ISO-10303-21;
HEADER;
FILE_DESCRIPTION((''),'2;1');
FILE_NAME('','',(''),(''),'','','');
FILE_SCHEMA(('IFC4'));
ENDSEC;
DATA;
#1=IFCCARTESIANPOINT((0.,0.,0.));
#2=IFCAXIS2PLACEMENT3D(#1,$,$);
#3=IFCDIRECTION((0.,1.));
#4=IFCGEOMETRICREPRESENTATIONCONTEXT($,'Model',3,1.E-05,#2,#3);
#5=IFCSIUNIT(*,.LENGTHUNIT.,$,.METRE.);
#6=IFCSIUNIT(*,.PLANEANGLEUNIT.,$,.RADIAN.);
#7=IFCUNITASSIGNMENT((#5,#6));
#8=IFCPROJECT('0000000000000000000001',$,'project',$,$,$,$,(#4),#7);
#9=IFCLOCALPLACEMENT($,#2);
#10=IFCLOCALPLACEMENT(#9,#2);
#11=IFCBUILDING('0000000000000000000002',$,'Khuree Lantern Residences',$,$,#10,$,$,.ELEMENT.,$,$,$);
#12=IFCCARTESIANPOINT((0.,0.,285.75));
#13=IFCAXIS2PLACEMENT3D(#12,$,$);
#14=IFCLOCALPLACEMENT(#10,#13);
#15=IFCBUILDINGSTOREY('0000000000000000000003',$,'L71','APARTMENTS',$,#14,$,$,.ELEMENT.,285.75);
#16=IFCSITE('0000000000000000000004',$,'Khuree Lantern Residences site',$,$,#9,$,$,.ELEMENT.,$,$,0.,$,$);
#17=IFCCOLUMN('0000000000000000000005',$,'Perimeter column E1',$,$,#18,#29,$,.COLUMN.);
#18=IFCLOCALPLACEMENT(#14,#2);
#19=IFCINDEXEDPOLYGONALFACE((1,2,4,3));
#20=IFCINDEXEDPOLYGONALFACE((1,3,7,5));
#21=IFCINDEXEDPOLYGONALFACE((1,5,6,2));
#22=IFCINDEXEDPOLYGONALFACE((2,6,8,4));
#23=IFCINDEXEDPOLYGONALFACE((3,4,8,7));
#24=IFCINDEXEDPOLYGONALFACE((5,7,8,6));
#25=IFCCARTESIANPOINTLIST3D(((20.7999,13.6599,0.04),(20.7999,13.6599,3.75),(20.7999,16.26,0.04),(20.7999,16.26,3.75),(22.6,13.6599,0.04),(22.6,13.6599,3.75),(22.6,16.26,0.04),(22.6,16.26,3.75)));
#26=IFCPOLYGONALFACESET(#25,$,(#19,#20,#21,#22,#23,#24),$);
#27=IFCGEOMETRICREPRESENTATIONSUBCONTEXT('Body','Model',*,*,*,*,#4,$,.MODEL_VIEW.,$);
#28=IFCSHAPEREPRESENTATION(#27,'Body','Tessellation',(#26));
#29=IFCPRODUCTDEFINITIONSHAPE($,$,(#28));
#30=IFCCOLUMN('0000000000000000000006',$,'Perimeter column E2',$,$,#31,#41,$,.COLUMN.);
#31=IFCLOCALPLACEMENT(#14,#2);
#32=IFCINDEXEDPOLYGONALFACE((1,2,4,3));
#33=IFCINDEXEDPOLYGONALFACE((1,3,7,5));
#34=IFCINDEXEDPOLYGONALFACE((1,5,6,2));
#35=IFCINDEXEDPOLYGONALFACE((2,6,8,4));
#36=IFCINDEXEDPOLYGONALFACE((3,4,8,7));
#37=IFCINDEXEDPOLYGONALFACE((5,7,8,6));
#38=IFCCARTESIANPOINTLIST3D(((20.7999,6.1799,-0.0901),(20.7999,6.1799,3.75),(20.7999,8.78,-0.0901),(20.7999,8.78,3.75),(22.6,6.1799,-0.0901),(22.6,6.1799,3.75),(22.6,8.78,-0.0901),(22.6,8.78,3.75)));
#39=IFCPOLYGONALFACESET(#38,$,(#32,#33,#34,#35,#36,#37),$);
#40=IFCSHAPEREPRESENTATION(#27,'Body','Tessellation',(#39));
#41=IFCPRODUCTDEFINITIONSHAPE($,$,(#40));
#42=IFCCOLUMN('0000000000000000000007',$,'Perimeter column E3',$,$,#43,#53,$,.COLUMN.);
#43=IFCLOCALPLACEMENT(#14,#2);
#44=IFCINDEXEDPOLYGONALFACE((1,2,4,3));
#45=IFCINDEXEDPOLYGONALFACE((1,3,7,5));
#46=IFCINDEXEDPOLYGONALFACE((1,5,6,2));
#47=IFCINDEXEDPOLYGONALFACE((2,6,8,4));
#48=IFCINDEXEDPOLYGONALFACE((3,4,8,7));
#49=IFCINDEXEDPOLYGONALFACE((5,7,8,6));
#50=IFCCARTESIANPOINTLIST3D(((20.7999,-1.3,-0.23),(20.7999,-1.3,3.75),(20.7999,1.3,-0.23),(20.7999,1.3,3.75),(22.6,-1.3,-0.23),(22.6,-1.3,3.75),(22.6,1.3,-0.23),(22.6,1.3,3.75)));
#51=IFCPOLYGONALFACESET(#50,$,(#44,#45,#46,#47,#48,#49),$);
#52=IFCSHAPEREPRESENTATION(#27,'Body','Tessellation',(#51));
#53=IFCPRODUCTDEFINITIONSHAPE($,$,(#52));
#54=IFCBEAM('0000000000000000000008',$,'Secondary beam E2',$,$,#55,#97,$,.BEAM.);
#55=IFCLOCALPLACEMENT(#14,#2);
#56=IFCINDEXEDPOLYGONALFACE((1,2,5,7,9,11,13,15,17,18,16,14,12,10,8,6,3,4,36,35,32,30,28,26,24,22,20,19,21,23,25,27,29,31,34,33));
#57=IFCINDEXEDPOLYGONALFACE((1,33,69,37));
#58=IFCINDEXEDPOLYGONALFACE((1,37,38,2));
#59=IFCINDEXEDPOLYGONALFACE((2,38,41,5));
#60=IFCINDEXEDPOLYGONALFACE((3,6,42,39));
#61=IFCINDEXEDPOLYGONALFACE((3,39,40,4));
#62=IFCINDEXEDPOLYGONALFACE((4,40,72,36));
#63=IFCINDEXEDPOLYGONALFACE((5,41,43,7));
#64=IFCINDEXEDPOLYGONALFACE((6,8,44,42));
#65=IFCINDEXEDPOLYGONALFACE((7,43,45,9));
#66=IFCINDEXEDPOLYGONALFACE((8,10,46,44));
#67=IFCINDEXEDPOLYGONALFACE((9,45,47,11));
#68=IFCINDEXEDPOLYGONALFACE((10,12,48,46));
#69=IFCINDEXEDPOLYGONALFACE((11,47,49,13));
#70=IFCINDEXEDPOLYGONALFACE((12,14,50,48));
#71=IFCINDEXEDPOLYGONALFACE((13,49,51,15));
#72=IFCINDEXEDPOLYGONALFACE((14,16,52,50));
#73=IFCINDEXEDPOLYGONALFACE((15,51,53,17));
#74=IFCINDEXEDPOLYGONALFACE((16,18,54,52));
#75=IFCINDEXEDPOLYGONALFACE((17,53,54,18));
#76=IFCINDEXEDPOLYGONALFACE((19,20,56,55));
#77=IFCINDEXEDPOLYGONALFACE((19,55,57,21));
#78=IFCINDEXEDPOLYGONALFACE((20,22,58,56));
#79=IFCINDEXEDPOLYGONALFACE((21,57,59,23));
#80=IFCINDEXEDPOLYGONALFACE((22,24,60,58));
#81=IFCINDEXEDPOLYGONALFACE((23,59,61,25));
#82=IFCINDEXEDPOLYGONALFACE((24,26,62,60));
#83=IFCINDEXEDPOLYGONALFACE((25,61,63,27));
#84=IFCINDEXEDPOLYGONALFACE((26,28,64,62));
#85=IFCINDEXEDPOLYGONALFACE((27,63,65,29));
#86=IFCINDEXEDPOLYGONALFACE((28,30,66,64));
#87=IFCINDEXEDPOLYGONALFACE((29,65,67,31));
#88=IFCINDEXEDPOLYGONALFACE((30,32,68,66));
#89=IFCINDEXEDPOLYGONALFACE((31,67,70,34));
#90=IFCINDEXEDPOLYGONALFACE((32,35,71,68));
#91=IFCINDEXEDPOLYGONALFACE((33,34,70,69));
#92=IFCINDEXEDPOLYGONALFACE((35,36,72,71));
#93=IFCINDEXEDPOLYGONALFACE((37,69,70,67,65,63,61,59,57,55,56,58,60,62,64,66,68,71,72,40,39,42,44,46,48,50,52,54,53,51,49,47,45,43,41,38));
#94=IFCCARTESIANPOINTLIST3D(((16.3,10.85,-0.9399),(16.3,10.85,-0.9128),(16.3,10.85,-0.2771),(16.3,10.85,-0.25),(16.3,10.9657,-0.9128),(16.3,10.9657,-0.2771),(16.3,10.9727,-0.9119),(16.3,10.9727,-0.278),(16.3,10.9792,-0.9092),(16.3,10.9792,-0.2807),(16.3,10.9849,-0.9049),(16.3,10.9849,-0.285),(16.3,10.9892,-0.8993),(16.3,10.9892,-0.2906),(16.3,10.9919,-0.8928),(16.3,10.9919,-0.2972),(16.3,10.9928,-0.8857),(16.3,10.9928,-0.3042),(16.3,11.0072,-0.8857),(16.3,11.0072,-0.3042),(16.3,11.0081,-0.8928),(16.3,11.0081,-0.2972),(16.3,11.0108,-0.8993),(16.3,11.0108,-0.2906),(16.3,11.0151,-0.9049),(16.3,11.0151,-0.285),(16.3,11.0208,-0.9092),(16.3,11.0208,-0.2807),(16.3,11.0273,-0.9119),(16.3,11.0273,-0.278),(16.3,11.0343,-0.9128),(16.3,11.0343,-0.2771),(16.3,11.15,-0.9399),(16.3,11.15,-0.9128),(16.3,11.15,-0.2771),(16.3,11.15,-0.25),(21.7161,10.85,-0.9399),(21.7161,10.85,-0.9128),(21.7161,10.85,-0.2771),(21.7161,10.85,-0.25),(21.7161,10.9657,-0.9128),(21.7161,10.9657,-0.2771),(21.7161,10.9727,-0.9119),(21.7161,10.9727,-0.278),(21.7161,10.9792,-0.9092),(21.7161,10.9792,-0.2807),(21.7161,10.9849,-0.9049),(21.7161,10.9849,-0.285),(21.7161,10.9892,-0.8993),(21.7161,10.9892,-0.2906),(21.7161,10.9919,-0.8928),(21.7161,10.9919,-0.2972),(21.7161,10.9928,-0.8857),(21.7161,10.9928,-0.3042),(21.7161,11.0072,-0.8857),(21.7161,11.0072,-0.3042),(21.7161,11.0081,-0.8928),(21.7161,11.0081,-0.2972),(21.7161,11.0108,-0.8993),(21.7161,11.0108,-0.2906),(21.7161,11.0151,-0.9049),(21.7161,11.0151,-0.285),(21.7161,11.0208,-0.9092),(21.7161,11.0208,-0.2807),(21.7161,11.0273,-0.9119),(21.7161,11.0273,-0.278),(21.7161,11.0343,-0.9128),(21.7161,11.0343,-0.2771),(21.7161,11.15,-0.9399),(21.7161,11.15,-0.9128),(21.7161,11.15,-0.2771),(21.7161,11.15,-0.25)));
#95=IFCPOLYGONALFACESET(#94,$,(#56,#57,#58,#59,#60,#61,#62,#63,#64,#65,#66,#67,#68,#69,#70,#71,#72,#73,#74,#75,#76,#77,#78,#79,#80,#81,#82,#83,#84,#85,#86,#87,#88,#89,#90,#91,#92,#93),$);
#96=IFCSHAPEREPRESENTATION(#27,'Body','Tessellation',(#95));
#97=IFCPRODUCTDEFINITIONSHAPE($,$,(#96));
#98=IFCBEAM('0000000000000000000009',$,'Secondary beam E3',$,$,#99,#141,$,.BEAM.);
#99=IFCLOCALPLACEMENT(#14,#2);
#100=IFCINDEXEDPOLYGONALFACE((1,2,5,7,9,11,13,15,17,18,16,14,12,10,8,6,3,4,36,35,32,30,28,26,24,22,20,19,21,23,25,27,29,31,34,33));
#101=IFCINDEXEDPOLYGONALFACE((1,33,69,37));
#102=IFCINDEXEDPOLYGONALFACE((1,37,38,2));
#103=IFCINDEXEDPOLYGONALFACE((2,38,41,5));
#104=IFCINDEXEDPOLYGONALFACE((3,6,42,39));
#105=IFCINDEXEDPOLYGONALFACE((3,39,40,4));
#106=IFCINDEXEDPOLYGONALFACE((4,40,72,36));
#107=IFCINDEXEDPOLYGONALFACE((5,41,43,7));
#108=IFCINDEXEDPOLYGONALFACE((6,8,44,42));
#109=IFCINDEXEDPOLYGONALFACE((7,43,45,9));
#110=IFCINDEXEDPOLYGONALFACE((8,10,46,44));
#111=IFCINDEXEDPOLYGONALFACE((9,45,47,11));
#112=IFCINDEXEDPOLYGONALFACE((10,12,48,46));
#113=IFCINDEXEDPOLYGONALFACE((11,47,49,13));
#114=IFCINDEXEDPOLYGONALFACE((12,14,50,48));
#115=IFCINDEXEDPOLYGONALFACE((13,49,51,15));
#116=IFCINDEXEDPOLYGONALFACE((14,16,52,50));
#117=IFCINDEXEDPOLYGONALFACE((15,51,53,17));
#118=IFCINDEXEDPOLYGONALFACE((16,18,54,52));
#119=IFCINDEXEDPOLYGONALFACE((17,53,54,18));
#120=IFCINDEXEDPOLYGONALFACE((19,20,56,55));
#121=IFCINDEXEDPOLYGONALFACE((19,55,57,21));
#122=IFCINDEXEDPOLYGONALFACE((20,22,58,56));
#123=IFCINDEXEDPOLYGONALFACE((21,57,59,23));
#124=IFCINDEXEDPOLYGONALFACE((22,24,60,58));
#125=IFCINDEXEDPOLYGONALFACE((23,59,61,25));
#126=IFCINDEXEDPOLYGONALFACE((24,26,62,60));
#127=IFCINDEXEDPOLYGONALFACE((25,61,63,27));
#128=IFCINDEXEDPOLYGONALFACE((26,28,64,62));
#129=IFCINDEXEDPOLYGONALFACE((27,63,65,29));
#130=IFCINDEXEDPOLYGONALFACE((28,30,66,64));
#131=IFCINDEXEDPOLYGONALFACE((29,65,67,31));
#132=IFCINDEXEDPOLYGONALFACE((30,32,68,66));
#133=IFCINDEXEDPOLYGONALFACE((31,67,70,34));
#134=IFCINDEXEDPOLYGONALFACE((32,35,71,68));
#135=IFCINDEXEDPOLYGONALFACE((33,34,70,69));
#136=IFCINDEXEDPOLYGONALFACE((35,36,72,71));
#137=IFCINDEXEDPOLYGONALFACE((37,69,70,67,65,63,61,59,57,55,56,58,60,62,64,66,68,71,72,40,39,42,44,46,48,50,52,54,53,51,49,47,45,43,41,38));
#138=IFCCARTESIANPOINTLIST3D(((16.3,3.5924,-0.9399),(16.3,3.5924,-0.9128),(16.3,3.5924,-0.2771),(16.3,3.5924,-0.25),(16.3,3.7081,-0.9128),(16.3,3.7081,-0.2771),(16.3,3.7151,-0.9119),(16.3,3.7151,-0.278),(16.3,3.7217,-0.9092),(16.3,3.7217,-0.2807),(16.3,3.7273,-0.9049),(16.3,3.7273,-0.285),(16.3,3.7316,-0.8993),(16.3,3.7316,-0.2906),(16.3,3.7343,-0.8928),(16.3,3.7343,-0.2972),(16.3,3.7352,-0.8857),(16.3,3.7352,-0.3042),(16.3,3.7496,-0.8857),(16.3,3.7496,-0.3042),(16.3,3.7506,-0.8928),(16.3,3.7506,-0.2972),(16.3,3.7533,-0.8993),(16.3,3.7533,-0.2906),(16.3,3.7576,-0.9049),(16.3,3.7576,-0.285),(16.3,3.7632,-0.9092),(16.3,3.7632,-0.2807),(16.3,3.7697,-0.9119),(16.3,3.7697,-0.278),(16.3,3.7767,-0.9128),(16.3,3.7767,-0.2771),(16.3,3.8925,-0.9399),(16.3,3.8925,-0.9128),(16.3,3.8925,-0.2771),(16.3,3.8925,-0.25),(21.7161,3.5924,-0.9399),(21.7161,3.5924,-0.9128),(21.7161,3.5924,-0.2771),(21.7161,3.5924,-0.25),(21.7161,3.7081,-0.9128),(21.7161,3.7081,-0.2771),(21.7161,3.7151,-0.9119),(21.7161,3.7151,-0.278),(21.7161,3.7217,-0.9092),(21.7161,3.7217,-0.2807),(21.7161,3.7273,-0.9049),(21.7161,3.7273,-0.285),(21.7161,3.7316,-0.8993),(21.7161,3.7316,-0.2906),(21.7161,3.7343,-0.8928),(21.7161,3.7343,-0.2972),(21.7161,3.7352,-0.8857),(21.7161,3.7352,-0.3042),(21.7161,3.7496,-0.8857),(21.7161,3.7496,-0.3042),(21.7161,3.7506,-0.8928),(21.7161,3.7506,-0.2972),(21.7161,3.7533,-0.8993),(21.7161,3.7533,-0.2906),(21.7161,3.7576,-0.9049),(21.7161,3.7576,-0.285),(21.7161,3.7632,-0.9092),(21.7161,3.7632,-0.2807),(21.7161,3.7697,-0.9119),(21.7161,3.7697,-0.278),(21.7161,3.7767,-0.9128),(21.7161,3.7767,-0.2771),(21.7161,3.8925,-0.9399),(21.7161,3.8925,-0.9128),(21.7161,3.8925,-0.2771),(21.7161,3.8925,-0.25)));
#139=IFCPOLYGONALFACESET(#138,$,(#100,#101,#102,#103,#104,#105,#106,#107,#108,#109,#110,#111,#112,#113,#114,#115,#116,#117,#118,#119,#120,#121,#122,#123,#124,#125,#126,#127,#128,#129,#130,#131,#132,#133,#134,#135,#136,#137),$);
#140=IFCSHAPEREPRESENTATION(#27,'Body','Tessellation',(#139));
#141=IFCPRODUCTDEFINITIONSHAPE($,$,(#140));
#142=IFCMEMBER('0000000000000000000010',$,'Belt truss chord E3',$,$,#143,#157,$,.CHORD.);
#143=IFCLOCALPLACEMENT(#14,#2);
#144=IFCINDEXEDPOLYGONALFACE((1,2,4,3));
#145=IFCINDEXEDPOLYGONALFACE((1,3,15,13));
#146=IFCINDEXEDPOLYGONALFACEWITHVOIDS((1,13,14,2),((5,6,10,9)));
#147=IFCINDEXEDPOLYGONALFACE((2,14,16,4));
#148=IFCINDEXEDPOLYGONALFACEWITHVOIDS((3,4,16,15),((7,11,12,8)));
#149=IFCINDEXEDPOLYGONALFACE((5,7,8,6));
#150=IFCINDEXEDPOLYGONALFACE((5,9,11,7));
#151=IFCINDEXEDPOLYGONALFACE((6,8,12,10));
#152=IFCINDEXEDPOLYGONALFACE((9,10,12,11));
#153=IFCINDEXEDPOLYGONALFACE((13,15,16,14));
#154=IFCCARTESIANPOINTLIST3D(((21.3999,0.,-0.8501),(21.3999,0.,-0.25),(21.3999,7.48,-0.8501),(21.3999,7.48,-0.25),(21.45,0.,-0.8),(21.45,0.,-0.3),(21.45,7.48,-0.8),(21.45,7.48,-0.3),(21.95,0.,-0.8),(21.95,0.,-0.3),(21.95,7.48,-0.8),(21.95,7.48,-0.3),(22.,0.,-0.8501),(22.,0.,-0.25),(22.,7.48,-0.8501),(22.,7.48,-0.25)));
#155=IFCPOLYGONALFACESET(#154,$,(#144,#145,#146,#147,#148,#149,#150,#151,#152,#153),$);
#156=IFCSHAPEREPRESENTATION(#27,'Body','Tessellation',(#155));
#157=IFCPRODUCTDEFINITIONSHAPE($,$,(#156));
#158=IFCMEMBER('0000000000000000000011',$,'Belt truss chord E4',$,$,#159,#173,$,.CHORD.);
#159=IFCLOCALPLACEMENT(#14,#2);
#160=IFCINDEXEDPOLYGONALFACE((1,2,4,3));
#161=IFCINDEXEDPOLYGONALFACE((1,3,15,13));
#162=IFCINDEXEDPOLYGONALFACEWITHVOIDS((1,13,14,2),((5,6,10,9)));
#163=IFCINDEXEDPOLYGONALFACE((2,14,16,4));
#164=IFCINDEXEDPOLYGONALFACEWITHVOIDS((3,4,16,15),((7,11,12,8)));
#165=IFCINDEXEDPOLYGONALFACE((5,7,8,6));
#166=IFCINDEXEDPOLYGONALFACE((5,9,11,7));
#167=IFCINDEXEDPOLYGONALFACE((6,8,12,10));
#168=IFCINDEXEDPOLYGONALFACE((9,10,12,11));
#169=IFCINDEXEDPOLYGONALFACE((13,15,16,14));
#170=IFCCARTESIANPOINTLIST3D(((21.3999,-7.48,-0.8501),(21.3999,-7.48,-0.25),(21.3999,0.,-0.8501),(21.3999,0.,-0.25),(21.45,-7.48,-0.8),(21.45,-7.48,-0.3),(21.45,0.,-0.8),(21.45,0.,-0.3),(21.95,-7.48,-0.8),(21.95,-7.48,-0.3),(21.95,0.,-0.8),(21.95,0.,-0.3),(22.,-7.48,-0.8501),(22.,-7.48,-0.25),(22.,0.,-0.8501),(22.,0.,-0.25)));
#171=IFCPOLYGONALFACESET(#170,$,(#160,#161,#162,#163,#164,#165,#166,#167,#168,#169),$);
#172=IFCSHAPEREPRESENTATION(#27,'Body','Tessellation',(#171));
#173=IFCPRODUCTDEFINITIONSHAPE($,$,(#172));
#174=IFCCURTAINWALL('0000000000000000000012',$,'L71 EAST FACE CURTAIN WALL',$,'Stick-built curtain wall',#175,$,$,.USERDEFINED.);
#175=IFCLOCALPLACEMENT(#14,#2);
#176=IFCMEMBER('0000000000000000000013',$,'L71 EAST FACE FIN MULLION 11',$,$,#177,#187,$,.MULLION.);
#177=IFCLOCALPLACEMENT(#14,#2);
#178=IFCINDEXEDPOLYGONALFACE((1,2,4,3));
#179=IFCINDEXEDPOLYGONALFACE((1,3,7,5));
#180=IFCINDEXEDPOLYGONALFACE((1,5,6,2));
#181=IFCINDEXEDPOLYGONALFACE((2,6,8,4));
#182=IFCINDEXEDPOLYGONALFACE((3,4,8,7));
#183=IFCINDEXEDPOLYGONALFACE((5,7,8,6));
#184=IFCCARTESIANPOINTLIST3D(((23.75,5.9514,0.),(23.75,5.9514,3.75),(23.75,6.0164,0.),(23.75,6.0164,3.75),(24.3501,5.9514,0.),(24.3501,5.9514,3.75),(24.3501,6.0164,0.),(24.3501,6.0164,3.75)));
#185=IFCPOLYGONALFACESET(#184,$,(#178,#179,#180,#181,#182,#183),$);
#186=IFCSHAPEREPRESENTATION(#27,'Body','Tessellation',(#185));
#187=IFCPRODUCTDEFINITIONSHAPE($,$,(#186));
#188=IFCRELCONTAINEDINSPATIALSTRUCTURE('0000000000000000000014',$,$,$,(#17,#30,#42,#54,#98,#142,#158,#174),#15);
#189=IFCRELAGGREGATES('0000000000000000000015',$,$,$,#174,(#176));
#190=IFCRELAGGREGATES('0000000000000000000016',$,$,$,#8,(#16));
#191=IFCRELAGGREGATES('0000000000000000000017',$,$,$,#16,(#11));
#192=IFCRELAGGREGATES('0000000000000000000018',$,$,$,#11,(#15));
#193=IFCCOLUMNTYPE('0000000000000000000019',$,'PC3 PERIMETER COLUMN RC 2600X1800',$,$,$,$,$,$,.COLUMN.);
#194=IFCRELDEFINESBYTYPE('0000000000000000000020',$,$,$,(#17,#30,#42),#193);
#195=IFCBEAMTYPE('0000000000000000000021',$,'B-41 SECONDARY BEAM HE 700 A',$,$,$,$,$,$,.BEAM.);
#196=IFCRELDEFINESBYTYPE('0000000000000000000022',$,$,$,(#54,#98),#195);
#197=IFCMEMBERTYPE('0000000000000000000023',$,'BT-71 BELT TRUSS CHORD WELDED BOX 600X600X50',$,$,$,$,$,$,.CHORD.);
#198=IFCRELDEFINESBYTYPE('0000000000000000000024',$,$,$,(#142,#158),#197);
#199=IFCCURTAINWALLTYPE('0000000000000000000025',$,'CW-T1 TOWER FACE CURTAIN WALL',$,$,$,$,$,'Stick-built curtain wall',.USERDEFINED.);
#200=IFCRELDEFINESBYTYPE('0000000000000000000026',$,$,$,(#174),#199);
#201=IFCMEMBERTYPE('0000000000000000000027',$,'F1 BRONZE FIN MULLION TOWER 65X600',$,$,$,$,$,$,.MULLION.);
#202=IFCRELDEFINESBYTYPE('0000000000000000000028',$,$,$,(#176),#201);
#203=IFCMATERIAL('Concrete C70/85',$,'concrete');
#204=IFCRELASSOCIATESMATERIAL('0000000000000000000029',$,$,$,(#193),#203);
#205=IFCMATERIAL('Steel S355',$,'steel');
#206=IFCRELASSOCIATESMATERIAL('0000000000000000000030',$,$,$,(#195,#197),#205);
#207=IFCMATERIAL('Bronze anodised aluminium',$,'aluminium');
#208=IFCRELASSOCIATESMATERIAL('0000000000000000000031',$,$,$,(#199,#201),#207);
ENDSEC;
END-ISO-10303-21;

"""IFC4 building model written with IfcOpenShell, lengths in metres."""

from ifc_helpers import new_model, si_unit, direction, frame, origin, origin_2d, place, context, subcontext, project, spatial, rectangle, hollow_rectangle, i_section, extrude, material, material_profile, profile_set, type_object, element, aggregate, save


model = new_model("IFC4")

# Units and contexts
model_context = context("Model", 3, precision=1e-05, world=origin(), true_north=direction((0.0, 1.0)))
body_context = subcontext(model_context, "Body", "Model", "MODEL_VIEW")
ifc_project = project(units=[si_unit("LENGTHUNIT", "METRE"), si_unit("PLANEANGLEUNIT", "RADIAN")], contexts=[model_context])

# Site, building, storey
site_placement = place(None, origin())
site = spatial("IfcSite", under=ifc_project, at=site_placement, Name="Khuree Lantern Residences site", CompositionType="ELEMENT", RefElevation=0.0)
building_placement = place(site_placement, origin())
building = spatial("IfcBuilding", under=site, at=building_placement, Name="Khuree Lantern Residences", CompositionType="ELEMENT")
storey_placement = place(building_placement, frame((0.0, 0.0, 285.75)))
storey = spatial("IfcBuildingStorey", under=building, at=storey_placement, Name="L71", Description="APARTMENTS", CompositionType="ELEMENT", Elevation=285.75)

# Columns
ifc_material_1 = material(Name="Concrete C70/85", Category="concrete")
ifc_material_profile_1 = material_profile(ifc_material_1, rectangle(XDim=2.6001, YDim=1.8, at=origin_2d()), Name="RC 2600X1800")
ifc_profile_set_1 = profile_set([ifc_material_profile_1], Name="Concrete C70/85")
column_type = type_object("IfcColumnType", Name="PC3 PERIMETER COLUMN RC 2600X1800", PredefinedType="COLUMN", material=ifc_profile_set_1)
column_1_placement = place(storey_placement, frame((21.7, 14.96, 0.04), z_axis=(0.0, 0.0, 1.0), x_axis=(0.0, 1.0, 0.0)))
element("IfcColumn", 1, at=column_1_placement, inside=storey, type_object=column_type, Name="Perimeter column E1", PredefinedType="COLUMN", context=body_context, shape_type="SweptSolid", body=[
    extrude(rectangle(XDim=2.6001, YDim=1.8, at=origin_2d()), origin(), (0.0, 0.0, 1.0), 3.71),
])
column_2_placement = place(storey_placement, frame((21.7, 7.48, -0.0901), z_axis=(0.0, 0.0, 1.0), x_axis=(0.0, 1.0, 0.0)))
element("IfcColumn", 2, at=column_2_placement, inside=storey, type_object=column_type, Name="Perimeter column E2", PredefinedType="COLUMN", context=body_context, shape_type="SweptSolid", body=[
    extrude(rectangle(XDim=2.6001, YDim=1.8, at=origin_2d()), origin(), (0.0, 0.0, 1.0), 3.8401),
])
column_3_placement = place(storey_placement, frame((21.7, 0.0, -0.23), z_axis=(0.0, 0.0, 1.0), x_axis=(0.0, 1.0, 0.0)))
element("IfcColumn", 3, at=column_3_placement, inside=storey, type_object=column_type, Name="Perimeter column E3", PredefinedType="COLUMN", context=body_context, shape_type="SweptSolid", body=[
    extrude(rectangle(XDim=2.6001, YDim=1.8, at=origin_2d()), origin(), (0.0, 0.0, 1.0), 3.98),
])

# Beams
ifc_material_2 = material(Name="Steel S355", Category="steel")
ifc_material_profile_2 = material_profile(ifc_material_2, i_section(OverallWidth=0.3, OverallDepth=0.6899, WebThickness=0.0144, FlangeThickness=0.0271, FilletRadius=0.0271, at=origin_2d()), Name="HE 700 A")
ifc_profile_set_2 = profile_set([ifc_material_profile_2], Name="Steel S355")
beam_type_1 = type_object("IfcBeamType", Name="B-41 SECONDARY BEAM HE 700 A", PredefinedType="BEAM", material=ifc_profile_set_2)
for number, where, z_axis, x_axis, name in (
    (4, (21.7161, 11.0, -0.595), (-1.0, 0.0, 0.0), (0.0, -1.0, 0.0), "Secondary beam E2"),
    (5, (21.7161, 3.7424, -0.595), (-1.0, 0.0, 0.0), (0.0, -1.0, 0.0), "Secondary beam E3"),
):
    element("IfcBeam", number, at=place(storey_placement, frame(where, z_axis=z_axis, x_axis=x_axis)), inside=storey, type_object=beam_type_1, Name=name, PredefinedType="BEAM", context=body_context, shape_type="SweptSolid", body=[
        extrude(i_section(OverallWidth=0.3, OverallDepth=0.6899, WebThickness=0.0144, FlangeThickness=0.0271, FilletRadius=0.0271, at=origin_2d()), origin(), (0.0, 0.0, 1.0), 5.416),
    ])

# Members
ifc_material_profile_3 = material_profile(ifc_material_2, hollow_rectangle(XDim=0.6001, YDim=0.6001, WallThickness=0.05, at=origin_2d()), Name="WELDED BOX 600X600X50")
ifc_profile_set_3 = profile_set([ifc_material_profile_3], Name="Steel S355")
member_type_1 = type_object("IfcMemberType", Name="BT-71 BELT TRUSS CHORD WELDED BOX 600X600X50", PredefinedType="CHORD", material=ifc_profile_set_3)
for number, where, z_axis, x_axis, name in (
    (6, (21.7, 7.48, -0.55), (0.0, -1.0, 0.0), (1.0, 0.0, 0.0), "Belt truss chord E3"),
    (7, (21.7, 0.0, -0.55), (0.0, -1.0, 0.0), (1.0, 0.0, 0.0), "Belt truss chord E4"),
):
    element("IfcMember", number, at=place(storey_placement, frame(where, z_axis=z_axis, x_axis=x_axis)), inside=storey, type_object=member_type_1, Name=name, PredefinedType="CHORD", context=body_context, shape_type="SweptSolid", body=[
        extrude(hollow_rectangle(XDim=0.6001, YDim=0.6001, WallThickness=0.05, at=origin_2d()), origin(), (0.0, 0.0, 1.0), 7.48),
    ])

# Curtain wall, member
ifc_material_3 = material(Name="Bronze anodised aluminium", Category="aluminium")
curtain_wall_type = type_object("IfcCurtainWallType", Name="CW-T1 TOWER FACE CURTAIN WALL", ElementType="Stick-built curtain wall", PredefinedType="USERDEFINED", material=ifc_material_3)
curtain_wall_placement = place(storey_placement, origin())
curtain_wall = element("IfcCurtainWall", 8, at=curtain_wall_placement, inside=storey, type_object=curtain_wall_type, Name="L71 EAST FACE CURTAIN WALL", ObjectType="Stick-built curtain wall", PredefinedType="USERDEFINED")
ifc_material_profile_4 = material_profile(ifc_material_3, rectangle(XDim=0.0649, YDim=0.6001, at=origin_2d()), Name="F1 65X600")
ifc_profile_set_4 = profile_set([ifc_material_profile_4], Name="Bronze anodised aluminium")
member_type_2 = type_object("IfcMemberType", Name="F1 BRONZE FIN MULLION TOWER 65X600", PredefinedType="MULLION", material=ifc_profile_set_4)
member_1_placement = place(storey_placement, frame((24.05, 5.9839, 0.0), z_axis=(0.0, 0.0, 1.0), x_axis=(0.0, 1.0, 0.0)))
member_1 = element("IfcMember", 9, at=member_1_placement, type_object=member_type_2, Name="L71 EAST FACE FIN MULLION 11", PredefinedType="MULLION", context=body_context, shape_type="SweptSolid", body=[
    extrude(rectangle(XDim=0.0649, YDim=0.6001, at=origin_2d()), origin(), (0.0, 0.0, 1.0), 3.75),
])

aggregate(curtain_wall, [member_1])

save(model, "model.ifc")
